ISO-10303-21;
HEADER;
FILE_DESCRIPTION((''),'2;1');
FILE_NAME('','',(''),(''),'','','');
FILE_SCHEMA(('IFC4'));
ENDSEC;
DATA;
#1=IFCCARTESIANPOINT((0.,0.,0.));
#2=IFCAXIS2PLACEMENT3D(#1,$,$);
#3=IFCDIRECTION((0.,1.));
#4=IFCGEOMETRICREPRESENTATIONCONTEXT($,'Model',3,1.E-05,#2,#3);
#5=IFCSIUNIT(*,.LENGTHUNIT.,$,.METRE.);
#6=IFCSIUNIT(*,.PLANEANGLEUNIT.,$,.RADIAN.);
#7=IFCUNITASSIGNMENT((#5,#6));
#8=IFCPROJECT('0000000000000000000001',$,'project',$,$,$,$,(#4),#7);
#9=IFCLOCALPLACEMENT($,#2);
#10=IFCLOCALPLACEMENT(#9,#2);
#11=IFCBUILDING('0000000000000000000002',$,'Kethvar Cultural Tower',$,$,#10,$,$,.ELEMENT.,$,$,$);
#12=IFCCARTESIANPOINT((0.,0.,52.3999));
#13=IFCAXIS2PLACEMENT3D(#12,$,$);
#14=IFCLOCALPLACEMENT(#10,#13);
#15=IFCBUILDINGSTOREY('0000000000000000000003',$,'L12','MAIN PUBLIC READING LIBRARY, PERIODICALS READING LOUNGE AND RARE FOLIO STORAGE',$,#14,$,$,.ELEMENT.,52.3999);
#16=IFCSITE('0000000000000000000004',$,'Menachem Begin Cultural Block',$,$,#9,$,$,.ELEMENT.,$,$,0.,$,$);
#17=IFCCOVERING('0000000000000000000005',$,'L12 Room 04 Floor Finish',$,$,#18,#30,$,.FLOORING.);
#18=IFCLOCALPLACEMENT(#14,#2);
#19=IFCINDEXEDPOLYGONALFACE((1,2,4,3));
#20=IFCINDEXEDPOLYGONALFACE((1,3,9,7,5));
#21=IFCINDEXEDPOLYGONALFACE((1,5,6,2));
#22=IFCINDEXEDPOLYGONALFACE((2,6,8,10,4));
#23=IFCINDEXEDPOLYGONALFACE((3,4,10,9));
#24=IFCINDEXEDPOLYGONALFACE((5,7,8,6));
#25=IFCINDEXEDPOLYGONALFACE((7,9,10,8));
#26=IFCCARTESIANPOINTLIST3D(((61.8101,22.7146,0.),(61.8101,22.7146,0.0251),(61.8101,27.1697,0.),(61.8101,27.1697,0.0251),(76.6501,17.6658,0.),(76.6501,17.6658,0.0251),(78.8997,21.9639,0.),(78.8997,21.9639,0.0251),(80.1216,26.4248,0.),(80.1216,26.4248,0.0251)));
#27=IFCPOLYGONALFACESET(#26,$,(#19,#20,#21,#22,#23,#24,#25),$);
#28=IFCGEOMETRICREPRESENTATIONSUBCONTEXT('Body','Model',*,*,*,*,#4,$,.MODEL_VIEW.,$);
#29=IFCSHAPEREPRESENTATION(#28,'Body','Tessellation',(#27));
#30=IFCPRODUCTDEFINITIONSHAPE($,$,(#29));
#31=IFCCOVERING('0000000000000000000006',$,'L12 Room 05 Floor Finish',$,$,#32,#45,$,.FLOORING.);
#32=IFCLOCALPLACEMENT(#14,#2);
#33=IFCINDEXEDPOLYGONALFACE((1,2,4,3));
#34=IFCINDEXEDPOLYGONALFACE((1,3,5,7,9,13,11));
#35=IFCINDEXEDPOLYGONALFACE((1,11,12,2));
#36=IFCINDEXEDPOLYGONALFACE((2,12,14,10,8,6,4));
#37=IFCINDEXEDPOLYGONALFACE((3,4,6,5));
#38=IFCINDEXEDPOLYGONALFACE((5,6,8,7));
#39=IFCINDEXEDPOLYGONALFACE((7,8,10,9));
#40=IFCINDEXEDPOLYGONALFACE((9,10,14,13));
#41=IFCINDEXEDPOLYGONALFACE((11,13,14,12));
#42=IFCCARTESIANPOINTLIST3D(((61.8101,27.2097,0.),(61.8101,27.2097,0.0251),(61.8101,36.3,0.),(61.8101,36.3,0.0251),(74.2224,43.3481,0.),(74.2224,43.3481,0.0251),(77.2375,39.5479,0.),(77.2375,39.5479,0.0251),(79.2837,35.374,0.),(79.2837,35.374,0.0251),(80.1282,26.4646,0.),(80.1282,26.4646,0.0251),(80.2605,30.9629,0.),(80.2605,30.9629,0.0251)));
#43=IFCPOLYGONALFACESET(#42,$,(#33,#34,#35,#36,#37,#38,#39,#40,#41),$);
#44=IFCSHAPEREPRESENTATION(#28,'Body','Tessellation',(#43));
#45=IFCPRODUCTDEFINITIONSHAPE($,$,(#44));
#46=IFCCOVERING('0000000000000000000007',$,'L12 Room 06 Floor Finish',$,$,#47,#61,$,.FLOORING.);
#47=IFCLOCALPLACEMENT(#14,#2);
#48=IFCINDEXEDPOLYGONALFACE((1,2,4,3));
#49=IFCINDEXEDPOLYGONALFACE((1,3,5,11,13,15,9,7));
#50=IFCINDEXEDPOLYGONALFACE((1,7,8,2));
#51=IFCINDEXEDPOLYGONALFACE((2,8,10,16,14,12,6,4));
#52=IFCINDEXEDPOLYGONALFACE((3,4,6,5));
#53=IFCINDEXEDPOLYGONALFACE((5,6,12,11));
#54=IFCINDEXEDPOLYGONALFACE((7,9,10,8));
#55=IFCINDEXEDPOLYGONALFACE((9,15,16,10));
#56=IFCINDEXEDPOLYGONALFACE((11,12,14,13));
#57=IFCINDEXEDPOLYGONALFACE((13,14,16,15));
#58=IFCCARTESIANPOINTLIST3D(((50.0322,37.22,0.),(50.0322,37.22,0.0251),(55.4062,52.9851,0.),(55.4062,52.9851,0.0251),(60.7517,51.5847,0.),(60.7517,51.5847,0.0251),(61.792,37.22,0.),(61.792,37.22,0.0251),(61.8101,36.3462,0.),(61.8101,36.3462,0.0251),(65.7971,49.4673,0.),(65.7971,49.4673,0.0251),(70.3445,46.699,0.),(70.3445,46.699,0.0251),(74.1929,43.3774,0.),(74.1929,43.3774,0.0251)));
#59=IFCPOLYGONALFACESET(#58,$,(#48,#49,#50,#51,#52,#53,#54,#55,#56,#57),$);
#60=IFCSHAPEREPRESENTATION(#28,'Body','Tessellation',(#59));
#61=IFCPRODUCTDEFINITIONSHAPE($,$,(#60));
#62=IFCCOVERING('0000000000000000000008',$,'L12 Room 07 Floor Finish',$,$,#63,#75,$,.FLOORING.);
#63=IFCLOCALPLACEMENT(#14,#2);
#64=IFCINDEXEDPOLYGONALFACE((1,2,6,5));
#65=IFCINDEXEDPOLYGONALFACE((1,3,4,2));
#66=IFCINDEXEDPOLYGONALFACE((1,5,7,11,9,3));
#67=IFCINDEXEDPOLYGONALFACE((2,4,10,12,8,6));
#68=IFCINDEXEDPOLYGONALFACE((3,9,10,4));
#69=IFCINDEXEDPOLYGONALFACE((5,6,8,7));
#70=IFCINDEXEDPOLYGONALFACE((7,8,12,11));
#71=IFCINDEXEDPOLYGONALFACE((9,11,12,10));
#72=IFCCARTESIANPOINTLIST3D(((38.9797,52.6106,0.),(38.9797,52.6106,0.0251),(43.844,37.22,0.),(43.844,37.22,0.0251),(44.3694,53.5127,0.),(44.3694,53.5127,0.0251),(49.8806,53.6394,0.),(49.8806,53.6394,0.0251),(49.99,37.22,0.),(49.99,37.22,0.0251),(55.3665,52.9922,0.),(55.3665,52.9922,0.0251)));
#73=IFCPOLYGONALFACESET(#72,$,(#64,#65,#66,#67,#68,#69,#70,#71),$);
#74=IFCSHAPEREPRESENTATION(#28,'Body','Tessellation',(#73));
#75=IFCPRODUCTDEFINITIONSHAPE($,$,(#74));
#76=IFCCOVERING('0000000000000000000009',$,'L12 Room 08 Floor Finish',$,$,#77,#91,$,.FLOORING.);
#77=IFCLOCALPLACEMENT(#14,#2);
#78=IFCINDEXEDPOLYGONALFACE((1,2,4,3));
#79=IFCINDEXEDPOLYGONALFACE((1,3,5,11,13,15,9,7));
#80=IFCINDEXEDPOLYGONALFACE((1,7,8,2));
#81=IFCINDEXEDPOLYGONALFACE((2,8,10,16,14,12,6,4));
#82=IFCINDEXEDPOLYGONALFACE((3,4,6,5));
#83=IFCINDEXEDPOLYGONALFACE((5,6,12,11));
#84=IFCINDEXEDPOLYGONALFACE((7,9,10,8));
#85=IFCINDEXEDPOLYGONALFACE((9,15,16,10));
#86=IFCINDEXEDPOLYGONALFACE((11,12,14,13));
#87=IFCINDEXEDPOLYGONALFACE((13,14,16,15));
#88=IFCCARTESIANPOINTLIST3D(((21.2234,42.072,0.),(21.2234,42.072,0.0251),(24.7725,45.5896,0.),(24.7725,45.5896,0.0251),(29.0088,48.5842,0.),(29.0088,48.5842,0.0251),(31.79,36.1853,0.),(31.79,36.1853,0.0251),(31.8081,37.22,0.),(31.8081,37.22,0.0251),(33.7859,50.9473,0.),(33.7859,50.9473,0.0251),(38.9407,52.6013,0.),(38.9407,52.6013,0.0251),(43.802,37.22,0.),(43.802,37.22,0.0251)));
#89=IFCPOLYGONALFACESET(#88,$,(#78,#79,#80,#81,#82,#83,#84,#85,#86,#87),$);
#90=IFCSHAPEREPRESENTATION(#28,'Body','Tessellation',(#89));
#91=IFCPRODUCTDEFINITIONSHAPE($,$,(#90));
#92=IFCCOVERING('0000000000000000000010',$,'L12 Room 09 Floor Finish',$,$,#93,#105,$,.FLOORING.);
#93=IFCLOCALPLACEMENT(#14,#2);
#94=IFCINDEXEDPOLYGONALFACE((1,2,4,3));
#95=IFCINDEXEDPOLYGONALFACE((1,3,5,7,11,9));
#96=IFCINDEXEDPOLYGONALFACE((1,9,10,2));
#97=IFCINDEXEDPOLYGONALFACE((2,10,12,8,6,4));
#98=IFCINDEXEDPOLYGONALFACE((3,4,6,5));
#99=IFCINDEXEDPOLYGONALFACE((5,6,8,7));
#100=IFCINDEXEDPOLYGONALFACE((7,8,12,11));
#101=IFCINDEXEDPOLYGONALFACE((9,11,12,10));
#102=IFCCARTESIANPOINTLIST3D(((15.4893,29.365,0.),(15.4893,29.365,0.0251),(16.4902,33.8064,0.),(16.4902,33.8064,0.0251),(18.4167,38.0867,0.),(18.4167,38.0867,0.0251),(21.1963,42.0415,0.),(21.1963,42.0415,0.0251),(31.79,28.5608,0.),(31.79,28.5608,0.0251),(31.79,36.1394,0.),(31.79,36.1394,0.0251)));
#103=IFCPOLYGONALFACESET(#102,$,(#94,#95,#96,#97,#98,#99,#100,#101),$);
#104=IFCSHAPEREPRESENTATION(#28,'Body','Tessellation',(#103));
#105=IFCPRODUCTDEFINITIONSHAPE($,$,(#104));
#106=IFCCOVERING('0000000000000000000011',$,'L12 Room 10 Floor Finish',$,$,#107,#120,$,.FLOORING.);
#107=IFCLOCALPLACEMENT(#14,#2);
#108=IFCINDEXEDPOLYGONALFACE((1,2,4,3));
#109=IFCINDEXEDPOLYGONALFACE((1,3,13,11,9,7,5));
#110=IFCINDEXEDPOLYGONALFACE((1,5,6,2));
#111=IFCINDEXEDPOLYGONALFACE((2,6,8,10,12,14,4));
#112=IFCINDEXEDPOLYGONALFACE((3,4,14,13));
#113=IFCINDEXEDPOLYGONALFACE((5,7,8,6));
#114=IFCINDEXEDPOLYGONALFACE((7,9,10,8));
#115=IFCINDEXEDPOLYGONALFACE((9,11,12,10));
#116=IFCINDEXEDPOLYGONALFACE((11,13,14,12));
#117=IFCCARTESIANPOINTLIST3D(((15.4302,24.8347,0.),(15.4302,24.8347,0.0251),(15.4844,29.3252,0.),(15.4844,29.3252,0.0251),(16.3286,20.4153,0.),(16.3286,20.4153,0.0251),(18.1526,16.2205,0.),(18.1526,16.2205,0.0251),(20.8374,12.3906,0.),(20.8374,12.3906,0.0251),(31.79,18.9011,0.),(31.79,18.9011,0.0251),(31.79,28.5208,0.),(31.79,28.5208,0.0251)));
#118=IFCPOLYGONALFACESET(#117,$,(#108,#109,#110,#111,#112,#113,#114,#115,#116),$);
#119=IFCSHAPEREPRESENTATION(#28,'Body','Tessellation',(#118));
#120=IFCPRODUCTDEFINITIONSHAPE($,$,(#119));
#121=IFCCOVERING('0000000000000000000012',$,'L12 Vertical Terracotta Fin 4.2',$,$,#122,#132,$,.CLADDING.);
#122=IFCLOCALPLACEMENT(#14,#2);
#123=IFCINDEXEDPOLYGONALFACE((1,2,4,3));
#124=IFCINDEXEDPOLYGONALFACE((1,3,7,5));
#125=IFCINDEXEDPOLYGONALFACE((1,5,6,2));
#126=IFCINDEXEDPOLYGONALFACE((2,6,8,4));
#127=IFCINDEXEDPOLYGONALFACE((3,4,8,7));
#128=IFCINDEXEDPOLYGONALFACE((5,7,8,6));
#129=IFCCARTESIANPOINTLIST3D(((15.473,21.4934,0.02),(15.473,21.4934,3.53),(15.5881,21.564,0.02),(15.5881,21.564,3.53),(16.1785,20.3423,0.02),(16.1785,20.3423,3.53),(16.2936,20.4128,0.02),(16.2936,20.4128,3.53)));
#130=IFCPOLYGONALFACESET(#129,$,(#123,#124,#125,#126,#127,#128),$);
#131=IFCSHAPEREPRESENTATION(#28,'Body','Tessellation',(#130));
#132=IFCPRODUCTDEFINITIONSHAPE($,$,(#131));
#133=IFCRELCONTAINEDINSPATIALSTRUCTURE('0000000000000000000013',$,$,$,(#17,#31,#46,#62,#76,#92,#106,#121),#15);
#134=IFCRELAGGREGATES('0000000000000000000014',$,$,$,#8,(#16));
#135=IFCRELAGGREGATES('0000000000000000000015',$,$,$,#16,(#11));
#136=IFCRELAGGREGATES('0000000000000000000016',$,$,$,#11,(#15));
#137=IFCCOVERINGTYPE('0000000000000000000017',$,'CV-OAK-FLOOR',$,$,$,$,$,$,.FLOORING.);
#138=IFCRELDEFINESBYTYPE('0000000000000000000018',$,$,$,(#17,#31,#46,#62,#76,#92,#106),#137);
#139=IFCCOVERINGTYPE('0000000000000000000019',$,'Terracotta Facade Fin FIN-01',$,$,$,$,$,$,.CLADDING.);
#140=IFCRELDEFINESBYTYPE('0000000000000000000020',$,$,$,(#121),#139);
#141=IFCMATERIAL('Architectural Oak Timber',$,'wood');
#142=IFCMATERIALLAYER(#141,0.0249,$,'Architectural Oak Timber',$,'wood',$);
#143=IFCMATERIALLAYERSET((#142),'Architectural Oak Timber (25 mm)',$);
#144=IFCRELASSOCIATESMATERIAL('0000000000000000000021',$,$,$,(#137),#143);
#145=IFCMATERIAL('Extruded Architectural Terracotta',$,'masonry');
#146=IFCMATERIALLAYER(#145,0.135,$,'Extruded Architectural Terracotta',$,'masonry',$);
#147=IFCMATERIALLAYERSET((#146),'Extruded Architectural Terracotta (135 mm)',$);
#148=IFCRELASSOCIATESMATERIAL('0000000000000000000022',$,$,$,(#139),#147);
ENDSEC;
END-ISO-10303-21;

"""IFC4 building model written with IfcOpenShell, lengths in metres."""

from ifc_helpers import new_model, si_unit, direction, frame, origin, origin_2d, place, context, subcontext, project, spatial, polyline, rectangle, outline, extrude, source, transform, mapped, material, layer, layer_set, type_object, element, save


model = new_model("IFC4")

# Units and contexts
model_context = context("Model", 3, precision=1e-05, world=origin(), true_north=direction((0.0, 1.0)))
body_context = subcontext(model_context, "Body", "Model", "MODEL_VIEW")
ifc_project = project(units=[si_unit("LENGTHUNIT", "METRE"), si_unit("PLANEANGLEUNIT", "RADIAN")], contexts=[model_context])

# Site, building, storey
site_placement = place(None, origin())
site = spatial("IfcSite", under=ifc_project, at=site_placement, Name="Menachem Begin Cultural Block", CompositionType="ELEMENT", RefElevation=0.0)
building_placement = place(site_placement, origin())
building = spatial("IfcBuilding", under=site, at=building_placement, Name="Kethvar Cultural Tower", CompositionType="ELEMENT")
storey_placement = place(building_placement, frame((0.0, 0.0, 52.3999)))
storey = spatial("IfcBuildingStorey", under=building, at=storey_placement, Name="L12", Description="MAIN PUBLIC READING LIBRARY, PERIODICALS READING LOUNGE AND RARE FOLIO STORAGE", CompositionType="ELEMENT", Elevation=52.3999)

# Coverings
ifc_material_1 = material(Name="Architectural Oak Timber", Category="wood")
ifc_layer_1 = layer(ifc_material_1, 0.0249, Name="Architectural Oak Timber", Category="wood")
ifc_layer_set_1 = layer_set([ifc_layer_1], Name="Architectural Oak Timber (25 mm)")
covering_type_1 = type_object("IfcCoveringType", Name="CV-OAK-FLOOR", PredefinedType="FLOORING", material=ifc_layer_set_1)
covering_1_placement = place(storey_placement, origin())
element("IfcCovering", 1, at=covering_1_placement, inside=storey, type_object=covering_type_1, Name="L12 Room 04 Floor Finish", PredefinedType="FLOORING", context=body_context, shape_type="SweptSolid", body=[
    extrude(outline(polyline([(78.8997, 21.9639), (76.6501, 17.6658), (61.8101, 22.7146), (61.8101, 27.1697), (80.1216, 26.4248), (78.8997, 21.9639)])), origin(), (0.0, 0.0, 1.0), 0.0251),
])
covering_2_placement = place(storey_placement, origin())
element("IfcCovering", 2, at=covering_2_placement, inside=storey, type_object=covering_type_1, Name="L12 Room 05 Floor Finish", PredefinedType="FLOORING", context=body_context, shape_type="SweptSolid", body=[
    extrude(outline(polyline([(77.2375, 39.5479), (79.2837, 35.374), (80.2605, 30.9629), (80.1282, 26.4646), (61.8101, 27.2097), (61.8101, 36.3), (74.2224, 43.3481), (77.2375, 39.5479)])), origin(), (0.0, 0.0, 1.0), 0.0251),
])
covering_3_placement = place(storey_placement, origin())
element("IfcCovering", 3, at=covering_3_placement, inside=storey, type_object=covering_type_1, Name="L12 Room 06 Floor Finish", PredefinedType="FLOORING", context=body_context, shape_type="SweptSolid", body=[
    extrude(outline(polyline([(60.7517, 51.5847), (65.7971, 49.4673), (70.3445, 46.699), (74.1929, 43.3774), (61.8101, 36.3462), (61.792, 37.22), (50.0322, 37.22), (55.4062, 52.9851), (60.7517, 51.5847)])), origin(), (0.0, 0.0, 1.0), 0.0251),
])
covering_4_placement = place(storey_placement, origin())
element("IfcCovering", 4, at=covering_4_placement, inside=storey, type_object=covering_type_1, Name="L12 Room 07 Floor Finish", PredefinedType="FLOORING", context=body_context, shape_type="SweptSolid", body=[
    extrude(outline(polyline([(44.3694, 53.5127), (49.8806, 53.6394), (55.3665, 52.9922), (49.99, 37.22), (43.844, 37.22), (38.9797, 52.6106), (44.3694, 53.5127)])), origin(), (0.0, 0.0, 1.0), 0.0251),
])
covering_5_placement = place(storey_placement, origin())
element("IfcCovering", 5, at=covering_5_placement, inside=storey, type_object=covering_type_1, Name="L12 Room 08 Floor Finish", PredefinedType="FLOORING", context=body_context, shape_type="SweptSolid", body=[
    extrude(outline(polyline([(24.7725, 45.5896), (29.0088, 48.5842), (33.7859, 50.9473), (38.9407, 52.6013), (43.802, 37.22), (31.8081, 37.22), (31.79, 36.1853), (21.2234, 42.072), (24.7725, 45.5896)])), origin(), (0.0, 0.0, 1.0), 0.0251),
])
covering_6_placement = place(storey_placement, origin())
element("IfcCovering", 6, at=covering_6_placement, inside=storey, type_object=covering_type_1, Name="L12 Room 09 Floor Finish", PredefinedType="FLOORING", context=body_context, shape_type="SweptSolid", body=[
    extrude(outline(polyline([(16.4902, 33.8064), (18.4167, 38.0867), (21.1963, 42.0415), (31.79, 36.1394), (31.79, 28.5608), (15.4893, 29.365), (16.4902, 33.8064)])), origin(), (0.0, 0.0, 1.0), 0.0251),
])
covering_7_placement = place(storey_placement, origin())
element("IfcCovering", 7, at=covering_7_placement, inside=storey, type_object=covering_type_1, Name="L12 Room 10 Floor Finish", PredefinedType="FLOORING", context=body_context, shape_type="SweptSolid", body=[
    extrude(outline(polyline([(18.1526, 16.2205), (16.3286, 20.4153), (15.4302, 24.8347), (15.4844, 29.3252), (31.79, 28.5208), (31.79, 18.9011), (20.8374, 12.3906), (18.1526, 16.2205)])), origin(), (0.0, 0.0, 1.0), 0.0251),
])
ifc_material_2 = material(Name="Extruded Architectural Terracotta", Category="masonry")
ifc_layer_2 = layer(ifc_material_2, 0.135, Name="Extruded Architectural Terracotta", Category="masonry")
ifc_layer_set_2 = layer_set([ifc_layer_2], Name="Extruded Architectural Terracotta (135 mm)")
covering_type_2 = type_object("IfcCoveringType", Name="Terracotta Facade Fin FIN-01", PredefinedType="CLADDING", material=ifc_layer_set_2)
shared_shape = source(origin(), body_context, "Body", "SweptSolid", [
    extrude(rectangle(XDim=1.3501, YDim=0.135, at=origin_2d()), origin(), (0.0, 0.0, 1.0), 3.51),
])
covering_8_placement = place(storey_placement, frame((15.8833, 20.9531, 0.02), z_axis=(0.0, 0.0, 1.0), x_axis=(-0.522499, 0.85264, 0.0)))
element("IfcCovering", 8, at=covering_8_placement, inside=storey, type_object=covering_type_2, Name="L12 Vertical Terracotta Fin 4.2", PredefinedType="CLADDING", context=body_context, shape_type="MappedRepresentation", body=[
    mapped(shared_shape, transform((0.0, 0.0, 0.0), scale=1.0)),
])

save(model, "model.ifc")
